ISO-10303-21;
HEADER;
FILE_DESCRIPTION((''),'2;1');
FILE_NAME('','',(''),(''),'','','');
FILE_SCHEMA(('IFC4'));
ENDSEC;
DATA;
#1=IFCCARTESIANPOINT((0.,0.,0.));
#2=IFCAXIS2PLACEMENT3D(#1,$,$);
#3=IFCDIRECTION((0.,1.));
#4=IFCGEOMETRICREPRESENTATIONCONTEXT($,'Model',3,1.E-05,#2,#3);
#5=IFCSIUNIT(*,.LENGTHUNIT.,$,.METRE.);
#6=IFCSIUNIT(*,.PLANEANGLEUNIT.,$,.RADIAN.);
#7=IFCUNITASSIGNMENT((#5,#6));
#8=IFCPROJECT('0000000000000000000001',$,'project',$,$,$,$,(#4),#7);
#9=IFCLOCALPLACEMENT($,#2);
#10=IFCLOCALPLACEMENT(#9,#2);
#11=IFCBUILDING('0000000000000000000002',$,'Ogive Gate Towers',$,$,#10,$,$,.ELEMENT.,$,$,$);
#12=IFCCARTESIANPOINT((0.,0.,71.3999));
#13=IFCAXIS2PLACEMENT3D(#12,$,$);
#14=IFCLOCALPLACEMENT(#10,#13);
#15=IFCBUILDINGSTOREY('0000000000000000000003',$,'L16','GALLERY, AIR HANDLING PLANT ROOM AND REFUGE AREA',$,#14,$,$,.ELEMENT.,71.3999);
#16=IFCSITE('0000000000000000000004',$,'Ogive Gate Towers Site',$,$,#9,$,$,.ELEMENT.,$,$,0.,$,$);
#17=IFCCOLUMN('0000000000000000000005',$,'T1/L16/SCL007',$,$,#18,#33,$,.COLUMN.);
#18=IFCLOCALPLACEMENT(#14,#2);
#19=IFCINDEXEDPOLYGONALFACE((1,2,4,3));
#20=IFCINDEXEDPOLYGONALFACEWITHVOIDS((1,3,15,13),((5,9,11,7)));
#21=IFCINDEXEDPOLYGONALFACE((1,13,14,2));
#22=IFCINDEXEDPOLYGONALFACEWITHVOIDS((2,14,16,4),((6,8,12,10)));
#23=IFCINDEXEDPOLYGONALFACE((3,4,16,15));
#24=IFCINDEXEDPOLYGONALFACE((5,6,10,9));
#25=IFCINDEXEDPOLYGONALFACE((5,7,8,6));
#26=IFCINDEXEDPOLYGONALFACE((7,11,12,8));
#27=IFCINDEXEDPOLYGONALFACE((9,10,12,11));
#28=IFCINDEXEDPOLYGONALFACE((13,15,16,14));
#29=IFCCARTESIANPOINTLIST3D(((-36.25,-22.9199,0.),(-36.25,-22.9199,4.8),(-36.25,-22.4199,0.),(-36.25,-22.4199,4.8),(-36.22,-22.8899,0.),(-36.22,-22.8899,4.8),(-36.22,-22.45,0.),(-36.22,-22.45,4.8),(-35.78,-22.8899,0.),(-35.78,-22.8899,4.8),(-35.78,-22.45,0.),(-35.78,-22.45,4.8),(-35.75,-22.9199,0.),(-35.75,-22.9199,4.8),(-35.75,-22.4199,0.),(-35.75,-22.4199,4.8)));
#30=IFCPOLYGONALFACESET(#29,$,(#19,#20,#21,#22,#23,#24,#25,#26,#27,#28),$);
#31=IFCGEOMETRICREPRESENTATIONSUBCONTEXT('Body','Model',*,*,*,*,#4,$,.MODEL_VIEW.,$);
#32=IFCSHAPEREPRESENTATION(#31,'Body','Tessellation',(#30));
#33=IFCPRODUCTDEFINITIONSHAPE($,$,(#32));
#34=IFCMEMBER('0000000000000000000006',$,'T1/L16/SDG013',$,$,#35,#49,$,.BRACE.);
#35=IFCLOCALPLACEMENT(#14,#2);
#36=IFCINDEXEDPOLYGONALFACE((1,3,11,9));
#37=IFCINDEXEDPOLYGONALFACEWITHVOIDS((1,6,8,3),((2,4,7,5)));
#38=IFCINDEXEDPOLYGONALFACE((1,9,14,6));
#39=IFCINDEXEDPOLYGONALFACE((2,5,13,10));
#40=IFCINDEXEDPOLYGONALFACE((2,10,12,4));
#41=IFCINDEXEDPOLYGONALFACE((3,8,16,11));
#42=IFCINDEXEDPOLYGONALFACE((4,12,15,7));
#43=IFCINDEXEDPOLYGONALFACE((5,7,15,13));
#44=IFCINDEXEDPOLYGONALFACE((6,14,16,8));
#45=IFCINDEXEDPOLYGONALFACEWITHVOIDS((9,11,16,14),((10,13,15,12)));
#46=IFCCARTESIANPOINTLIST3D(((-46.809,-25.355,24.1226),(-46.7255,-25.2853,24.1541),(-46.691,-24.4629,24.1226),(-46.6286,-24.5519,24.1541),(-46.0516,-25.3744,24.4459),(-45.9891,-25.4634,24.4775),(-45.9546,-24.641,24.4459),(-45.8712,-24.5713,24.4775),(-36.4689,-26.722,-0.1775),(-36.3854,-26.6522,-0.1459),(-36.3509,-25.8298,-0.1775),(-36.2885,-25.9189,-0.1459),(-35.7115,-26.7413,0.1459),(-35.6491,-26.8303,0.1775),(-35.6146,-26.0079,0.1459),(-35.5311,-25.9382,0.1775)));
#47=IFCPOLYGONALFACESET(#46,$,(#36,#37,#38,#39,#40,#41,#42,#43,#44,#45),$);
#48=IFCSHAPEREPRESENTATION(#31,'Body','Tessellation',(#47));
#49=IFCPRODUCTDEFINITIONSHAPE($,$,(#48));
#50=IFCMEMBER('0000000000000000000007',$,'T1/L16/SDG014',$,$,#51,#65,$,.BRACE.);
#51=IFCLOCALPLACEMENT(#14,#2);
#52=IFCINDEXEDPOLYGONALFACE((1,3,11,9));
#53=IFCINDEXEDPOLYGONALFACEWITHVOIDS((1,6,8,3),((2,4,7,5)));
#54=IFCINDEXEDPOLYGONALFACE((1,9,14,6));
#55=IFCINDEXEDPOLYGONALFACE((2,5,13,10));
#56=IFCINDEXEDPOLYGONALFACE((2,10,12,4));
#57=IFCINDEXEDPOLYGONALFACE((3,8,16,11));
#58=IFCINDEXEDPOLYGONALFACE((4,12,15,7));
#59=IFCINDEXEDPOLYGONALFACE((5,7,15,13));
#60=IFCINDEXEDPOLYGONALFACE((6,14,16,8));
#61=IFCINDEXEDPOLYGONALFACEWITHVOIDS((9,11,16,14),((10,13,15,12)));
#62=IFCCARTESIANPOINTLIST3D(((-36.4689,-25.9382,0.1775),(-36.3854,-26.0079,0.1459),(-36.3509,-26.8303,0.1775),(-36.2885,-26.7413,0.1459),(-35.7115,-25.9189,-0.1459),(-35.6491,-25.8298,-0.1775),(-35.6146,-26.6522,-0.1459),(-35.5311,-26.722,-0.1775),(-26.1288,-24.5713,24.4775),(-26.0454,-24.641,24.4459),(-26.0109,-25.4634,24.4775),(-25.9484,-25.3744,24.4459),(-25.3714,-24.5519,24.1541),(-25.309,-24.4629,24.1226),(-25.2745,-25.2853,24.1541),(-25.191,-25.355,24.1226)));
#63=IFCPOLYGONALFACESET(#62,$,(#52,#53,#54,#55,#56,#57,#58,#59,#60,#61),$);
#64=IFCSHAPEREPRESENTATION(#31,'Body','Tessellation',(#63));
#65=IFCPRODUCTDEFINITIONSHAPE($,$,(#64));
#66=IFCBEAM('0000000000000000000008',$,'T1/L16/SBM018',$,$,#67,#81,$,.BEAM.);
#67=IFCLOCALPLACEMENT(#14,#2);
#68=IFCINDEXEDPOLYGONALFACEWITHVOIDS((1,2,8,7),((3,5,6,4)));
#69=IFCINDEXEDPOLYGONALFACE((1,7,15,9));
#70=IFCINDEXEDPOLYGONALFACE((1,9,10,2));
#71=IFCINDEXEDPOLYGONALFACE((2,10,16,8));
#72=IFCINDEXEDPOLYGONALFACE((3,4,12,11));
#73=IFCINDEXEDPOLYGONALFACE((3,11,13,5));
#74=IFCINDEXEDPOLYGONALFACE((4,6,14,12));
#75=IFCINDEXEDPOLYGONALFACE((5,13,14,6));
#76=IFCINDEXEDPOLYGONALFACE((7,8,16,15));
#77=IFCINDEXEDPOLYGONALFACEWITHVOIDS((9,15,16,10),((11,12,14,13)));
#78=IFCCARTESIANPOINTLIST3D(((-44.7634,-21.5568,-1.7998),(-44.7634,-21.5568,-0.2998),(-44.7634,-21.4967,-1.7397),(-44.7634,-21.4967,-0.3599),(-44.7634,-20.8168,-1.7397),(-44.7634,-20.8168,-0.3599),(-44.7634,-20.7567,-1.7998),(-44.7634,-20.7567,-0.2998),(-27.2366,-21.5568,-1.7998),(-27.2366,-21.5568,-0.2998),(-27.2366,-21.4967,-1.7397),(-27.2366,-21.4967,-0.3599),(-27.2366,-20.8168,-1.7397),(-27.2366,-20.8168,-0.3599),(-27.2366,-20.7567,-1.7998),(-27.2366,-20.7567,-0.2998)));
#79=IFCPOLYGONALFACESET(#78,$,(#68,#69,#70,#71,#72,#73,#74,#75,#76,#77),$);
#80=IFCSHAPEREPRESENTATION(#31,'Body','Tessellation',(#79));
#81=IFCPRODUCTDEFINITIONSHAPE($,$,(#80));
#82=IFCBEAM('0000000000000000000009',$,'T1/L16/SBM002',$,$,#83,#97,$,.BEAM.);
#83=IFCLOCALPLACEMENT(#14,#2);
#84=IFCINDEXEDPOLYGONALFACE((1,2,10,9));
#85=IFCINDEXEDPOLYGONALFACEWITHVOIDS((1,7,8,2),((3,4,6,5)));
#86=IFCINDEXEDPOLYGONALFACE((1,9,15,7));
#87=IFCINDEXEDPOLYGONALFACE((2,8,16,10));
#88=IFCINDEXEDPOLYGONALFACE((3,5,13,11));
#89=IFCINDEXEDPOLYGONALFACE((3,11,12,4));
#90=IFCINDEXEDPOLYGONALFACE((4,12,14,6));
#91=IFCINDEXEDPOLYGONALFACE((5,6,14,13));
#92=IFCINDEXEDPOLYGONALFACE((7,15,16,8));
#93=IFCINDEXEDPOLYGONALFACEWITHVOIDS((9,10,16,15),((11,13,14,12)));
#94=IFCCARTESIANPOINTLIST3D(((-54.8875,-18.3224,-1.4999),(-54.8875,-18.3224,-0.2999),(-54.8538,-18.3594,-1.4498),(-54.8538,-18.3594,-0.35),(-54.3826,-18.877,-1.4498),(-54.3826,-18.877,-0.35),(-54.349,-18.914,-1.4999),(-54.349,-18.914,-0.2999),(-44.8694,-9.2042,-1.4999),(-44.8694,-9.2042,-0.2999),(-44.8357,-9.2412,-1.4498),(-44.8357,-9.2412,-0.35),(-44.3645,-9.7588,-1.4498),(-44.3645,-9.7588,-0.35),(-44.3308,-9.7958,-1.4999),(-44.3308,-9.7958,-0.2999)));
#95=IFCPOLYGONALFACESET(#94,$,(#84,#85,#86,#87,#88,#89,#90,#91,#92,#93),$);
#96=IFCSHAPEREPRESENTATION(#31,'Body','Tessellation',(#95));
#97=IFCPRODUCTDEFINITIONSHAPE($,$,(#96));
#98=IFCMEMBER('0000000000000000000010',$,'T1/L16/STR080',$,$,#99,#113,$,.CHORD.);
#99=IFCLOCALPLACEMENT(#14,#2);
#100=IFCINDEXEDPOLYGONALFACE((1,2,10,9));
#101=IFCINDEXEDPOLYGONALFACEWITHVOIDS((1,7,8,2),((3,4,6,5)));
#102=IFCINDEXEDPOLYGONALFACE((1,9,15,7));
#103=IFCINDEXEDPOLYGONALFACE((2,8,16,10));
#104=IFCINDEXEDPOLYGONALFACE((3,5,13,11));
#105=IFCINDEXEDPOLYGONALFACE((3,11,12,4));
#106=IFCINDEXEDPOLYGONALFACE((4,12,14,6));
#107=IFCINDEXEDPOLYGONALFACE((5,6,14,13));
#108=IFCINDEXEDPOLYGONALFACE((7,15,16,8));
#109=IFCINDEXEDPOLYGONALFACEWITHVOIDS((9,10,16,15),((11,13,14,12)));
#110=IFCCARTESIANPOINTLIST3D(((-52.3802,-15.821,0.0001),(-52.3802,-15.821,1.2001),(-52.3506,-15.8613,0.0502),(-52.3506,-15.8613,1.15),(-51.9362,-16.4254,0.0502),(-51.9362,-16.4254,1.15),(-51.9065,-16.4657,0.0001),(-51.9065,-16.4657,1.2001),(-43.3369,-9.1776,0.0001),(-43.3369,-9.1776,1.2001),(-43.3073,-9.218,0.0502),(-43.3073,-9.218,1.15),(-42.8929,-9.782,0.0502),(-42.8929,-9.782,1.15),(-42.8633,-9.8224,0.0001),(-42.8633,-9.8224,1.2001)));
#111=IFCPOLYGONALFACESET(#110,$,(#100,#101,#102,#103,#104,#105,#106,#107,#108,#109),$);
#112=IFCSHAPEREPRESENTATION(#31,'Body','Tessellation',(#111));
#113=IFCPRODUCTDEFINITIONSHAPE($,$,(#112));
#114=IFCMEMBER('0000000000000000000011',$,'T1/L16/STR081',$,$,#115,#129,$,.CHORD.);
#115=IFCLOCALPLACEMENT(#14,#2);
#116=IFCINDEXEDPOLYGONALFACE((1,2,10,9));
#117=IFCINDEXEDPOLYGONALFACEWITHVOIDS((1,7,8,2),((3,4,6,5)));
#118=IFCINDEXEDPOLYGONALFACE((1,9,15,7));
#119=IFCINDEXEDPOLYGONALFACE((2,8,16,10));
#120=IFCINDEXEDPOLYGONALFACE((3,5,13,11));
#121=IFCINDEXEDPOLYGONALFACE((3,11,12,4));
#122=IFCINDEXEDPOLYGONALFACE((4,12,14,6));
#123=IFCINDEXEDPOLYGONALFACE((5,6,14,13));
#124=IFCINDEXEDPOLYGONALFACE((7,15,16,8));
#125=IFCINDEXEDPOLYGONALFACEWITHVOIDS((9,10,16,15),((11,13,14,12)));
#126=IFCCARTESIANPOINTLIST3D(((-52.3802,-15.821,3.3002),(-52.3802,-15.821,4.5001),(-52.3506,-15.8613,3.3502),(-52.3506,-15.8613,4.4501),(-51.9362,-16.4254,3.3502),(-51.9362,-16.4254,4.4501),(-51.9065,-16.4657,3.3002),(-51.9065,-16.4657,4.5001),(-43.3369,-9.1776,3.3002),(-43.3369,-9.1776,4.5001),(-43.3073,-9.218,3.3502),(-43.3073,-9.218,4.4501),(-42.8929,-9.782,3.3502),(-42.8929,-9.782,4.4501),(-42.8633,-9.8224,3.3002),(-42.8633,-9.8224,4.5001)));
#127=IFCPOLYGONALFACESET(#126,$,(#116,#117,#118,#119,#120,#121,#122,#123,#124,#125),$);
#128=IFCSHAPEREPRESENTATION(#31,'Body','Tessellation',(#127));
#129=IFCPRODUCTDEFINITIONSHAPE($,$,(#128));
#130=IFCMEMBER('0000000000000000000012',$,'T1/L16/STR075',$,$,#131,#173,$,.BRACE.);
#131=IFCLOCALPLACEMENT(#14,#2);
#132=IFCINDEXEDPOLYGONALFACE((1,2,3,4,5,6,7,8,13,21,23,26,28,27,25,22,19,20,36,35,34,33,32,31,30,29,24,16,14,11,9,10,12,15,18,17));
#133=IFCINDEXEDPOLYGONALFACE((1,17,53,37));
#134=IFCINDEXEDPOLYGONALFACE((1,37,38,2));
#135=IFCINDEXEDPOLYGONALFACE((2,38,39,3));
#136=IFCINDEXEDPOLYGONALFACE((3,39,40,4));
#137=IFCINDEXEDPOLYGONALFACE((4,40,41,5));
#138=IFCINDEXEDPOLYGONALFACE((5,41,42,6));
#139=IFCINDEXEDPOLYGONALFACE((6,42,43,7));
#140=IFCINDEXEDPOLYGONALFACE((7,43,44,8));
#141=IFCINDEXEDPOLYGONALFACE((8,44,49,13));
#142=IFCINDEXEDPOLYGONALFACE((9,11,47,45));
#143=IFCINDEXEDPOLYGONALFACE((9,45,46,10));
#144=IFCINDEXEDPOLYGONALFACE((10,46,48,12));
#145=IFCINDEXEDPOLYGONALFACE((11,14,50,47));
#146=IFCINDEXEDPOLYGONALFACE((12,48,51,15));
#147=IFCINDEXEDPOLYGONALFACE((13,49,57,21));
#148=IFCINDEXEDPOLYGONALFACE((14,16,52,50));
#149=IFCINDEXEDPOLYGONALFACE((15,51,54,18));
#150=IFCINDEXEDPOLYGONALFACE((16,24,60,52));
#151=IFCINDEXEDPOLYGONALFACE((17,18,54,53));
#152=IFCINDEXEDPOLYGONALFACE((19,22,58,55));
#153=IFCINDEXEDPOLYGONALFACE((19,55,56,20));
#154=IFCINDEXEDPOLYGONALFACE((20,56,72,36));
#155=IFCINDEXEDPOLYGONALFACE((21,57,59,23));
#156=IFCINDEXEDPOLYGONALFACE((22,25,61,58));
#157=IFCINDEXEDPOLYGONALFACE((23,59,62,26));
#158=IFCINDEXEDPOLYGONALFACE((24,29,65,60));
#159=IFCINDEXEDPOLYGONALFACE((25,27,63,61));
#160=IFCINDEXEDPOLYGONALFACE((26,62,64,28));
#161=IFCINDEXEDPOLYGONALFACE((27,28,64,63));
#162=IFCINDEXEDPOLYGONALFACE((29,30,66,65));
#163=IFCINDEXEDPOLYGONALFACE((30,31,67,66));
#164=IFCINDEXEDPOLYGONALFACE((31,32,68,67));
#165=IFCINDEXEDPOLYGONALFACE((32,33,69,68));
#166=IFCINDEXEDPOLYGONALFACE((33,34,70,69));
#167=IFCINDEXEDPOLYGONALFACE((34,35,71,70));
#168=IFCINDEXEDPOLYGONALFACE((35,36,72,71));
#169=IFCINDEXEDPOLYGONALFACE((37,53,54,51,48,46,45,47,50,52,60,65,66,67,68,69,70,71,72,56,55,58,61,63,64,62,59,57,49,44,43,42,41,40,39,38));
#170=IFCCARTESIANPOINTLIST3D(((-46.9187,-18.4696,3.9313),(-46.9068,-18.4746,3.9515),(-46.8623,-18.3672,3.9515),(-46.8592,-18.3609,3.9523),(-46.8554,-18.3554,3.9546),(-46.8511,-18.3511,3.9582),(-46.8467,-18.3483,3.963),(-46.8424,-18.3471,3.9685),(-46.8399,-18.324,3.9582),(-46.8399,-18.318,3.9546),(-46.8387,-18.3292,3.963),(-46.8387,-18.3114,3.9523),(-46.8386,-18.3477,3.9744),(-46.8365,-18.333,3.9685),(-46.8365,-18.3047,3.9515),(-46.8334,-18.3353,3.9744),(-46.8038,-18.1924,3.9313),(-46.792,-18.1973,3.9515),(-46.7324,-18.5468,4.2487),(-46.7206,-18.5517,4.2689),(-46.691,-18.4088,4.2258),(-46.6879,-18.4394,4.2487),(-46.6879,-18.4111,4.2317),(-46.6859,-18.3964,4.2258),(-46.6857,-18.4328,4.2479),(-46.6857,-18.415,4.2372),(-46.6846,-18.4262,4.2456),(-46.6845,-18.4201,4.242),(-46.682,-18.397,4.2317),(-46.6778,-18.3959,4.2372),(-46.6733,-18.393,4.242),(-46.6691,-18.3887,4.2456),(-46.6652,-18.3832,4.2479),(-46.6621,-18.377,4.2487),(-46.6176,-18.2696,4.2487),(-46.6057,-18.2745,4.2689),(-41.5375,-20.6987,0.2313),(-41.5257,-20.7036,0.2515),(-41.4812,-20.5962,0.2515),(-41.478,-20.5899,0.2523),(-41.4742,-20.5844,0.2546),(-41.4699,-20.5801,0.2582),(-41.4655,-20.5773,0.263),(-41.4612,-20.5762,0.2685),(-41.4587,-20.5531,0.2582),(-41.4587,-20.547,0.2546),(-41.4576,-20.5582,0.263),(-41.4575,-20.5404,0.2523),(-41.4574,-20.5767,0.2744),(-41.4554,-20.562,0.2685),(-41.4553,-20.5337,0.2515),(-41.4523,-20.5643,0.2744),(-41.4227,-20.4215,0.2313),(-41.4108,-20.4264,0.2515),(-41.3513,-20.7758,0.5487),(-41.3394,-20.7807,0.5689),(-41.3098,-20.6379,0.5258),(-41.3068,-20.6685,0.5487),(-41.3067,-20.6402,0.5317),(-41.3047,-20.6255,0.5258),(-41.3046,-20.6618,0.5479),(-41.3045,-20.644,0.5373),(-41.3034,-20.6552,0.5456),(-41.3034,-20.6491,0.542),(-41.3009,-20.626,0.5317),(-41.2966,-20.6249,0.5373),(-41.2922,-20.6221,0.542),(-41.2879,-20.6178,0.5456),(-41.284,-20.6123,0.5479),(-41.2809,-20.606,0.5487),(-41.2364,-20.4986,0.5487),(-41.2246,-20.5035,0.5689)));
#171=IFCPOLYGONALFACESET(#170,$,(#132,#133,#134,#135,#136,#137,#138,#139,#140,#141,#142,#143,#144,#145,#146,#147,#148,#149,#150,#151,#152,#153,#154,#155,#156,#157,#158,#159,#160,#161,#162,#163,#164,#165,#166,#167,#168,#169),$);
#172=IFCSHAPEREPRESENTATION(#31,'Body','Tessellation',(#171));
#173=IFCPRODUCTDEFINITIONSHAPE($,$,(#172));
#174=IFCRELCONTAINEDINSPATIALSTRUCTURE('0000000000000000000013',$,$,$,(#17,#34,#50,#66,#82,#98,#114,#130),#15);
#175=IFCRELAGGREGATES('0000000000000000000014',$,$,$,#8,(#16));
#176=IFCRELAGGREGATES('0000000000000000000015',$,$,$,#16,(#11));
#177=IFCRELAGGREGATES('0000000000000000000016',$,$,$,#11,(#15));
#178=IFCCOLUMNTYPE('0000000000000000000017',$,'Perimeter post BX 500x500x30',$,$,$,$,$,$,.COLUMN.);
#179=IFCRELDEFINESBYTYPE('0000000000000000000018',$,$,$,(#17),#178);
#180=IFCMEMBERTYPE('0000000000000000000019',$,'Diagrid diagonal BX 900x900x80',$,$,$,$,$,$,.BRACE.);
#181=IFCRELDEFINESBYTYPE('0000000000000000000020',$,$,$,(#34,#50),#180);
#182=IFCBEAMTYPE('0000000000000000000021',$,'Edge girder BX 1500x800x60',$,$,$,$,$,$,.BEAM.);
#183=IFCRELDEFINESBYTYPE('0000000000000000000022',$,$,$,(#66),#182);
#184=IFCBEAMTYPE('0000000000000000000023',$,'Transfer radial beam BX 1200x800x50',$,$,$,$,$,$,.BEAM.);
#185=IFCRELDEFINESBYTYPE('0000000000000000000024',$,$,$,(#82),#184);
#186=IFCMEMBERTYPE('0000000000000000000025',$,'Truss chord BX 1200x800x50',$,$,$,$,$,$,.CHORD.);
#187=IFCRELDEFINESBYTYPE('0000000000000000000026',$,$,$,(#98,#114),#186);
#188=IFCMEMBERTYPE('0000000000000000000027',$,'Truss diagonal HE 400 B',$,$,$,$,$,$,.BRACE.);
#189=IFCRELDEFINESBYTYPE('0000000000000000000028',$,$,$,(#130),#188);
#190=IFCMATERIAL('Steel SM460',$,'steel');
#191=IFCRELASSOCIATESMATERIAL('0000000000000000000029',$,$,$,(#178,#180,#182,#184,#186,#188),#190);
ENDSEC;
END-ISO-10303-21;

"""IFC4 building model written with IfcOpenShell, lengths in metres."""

from ifc_helpers import new_model, si_unit, direction, frame, origin, origin_2d, place, context, subcontext, project, spatial, hollow_rectangle, i_section, extrude, material, material_profile, profile_set, type_object, element, save


model = new_model("IFC4")

# Units and contexts
model_context = context("Model", 3, precision=1e-05, world=origin(), true_north=direction((0.0, 1.0)))
body_context = subcontext(model_context, "Body", "Model", "MODEL_VIEW")
ifc_project = project(units=[si_unit("LENGTHUNIT", "METRE"), si_unit("PLANEANGLEUNIT", "RADIAN")], contexts=[model_context])

# Site, building, storey
site_placement = place(None, origin())
site = spatial("IfcSite", under=ifc_project, at=site_placement, Name="Ogive Gate Towers Site", CompositionType="ELEMENT", RefElevation=0.0)
building_placement = place(site_placement, origin())
building = spatial("IfcBuilding", under=site, at=building_placement, Name="Ogive Gate Towers", CompositionType="ELEMENT")
storey_placement = place(building_placement, frame((0.0, 0.0, 71.3999)))
storey = spatial("IfcBuildingStorey", under=building, at=storey_placement, Name="L16", Description="GALLERY, AIR HANDLING PLANT ROOM AND REFUGE AREA", CompositionType="ELEMENT", Elevation=71.3999)

# Column
ifc_material_1 = material(Name="Steel SM460", Category="steel")
ifc_material_profile_1 = material_profile(ifc_material_1, hollow_rectangle(XDim=0.5, YDim=0.5, WallThickness=0.03, at=origin_2d()), Name="BX 500x500x30")
ifc_profile_set_1 = profile_set([ifc_material_profile_1], Name="Steel SM460")
column_type = type_object("IfcColumnType", Name="Perimeter post BX 500x500x30", PredefinedType="COLUMN", material=ifc_profile_set_1)
column_placement = place(storey_placement, frame((-36.0, -22.6699, 0.0), z_axis=(0.0, 0.0, 1.0), x_axis=(1.0, 0.0, 0.0)))
element("IfcColumn", 1, at=column_placement, inside=storey, type_object=column_type, Name="T1/L16/SCL007", PredefinedType="COLUMN", context=body_context, shape_type="SweptSolid", body=[
    extrude(hollow_rectangle(XDim=0.5, YDim=0.5, WallThickness=0.03, at=origin_2d()), origin(), (0.0, 0.0, 1.0), 4.8),
])

# Members
ifc_material_profile_2 = material_profile(ifc_material_1, hollow_rectangle(XDim=0.8999, YDim=0.8999, WallThickness=0.0801, at=origin_2d()), Name="BX 900x900x80")
ifc_profile_set_2 = profile_set([ifc_material_profile_2], Name="Steel SM460")
member_type_1 = type_object("IfcMemberType", Name="Diagrid diagonal BX 900x900x80", PredefinedType="BRACE", material=ifc_profile_set_2)
for number, where, z_axis, x_axis, name in (
    (2, (-36.0, -26.3301, 0.0), (-0.39102, 0.051692, 0.918929), (-0.131058, -0.991375, 0.0), "T1/L16/SDG013"),
    (3, (-36.0, -26.3301, 0.0), (0.39102, 0.051692, 0.918929), (-0.131058, 0.991375, 0.0), "T1/L16/SDG014"),
):
    element("IfcMember", number, at=place(storey_placement, frame(where, z_axis=z_axis, x_axis=x_axis)), inside=storey, type_object=member_type_1, Name=name, PredefinedType="BRACE", context=body_context, shape_type="SweptSolid", body=[
        extrude(hollow_rectangle(XDim=0.8999, YDim=0.8999, WallThickness=0.0801, at=origin_2d()), origin(), (0.0, 0.0, 1.0), 26.4438),
    ])

# Beams
ifc_material_profile_3 = material_profile(ifc_material_1, hollow_rectangle(XDim=0.8, YDim=1.5, WallThickness=0.0601, at=origin_2d()), Name="BX 1500x800x60")
ifc_profile_set_3 = profile_set([ifc_material_profile_3], Name="Steel SM460")
beam_type_1 = type_object("IfcBeamType", Name="Edge girder BX 1500x800x60", PredefinedType="BEAM", material=ifc_profile_set_3)
beam_1_placement = place(storey_placement, frame((-44.7634, -21.1567, -1.0498), z_axis=(1.0, 0.0, 0.0), x_axis=(0.0, 1.0, 0.0)))
element("IfcBeam", 4, at=beam_1_placement, inside=storey, type_object=beam_type_1, Name="T1/L16/SBM018", PredefinedType="BEAM", context=body_context, shape_type="SweptSolid", body=[
    extrude(hollow_rectangle(XDim=0.8, YDim=1.5, WallThickness=0.0601, at=origin_2d()), origin(), (0.0, 0.0, 1.0), 17.5269),
])
ifc_material_profile_4 = material_profile(ifc_material_1, hollow_rectangle(XDim=0.8, YDim=1.2, WallThickness=0.05, at=origin_2d()), Name="BX 1200x800x50")
ifc_profile_set_4 = profile_set([ifc_material_profile_4], Name="Steel SM460")
beam_type_2 = type_object("IfcBeamType", Name="Transfer radial beam BX 1200x800x50", PredefinedType="BEAM", material=ifc_profile_set_4)
beam_2_placement = place(storey_placement, frame((-44.6001, -9.5, -0.8999), z_axis=(-0.739542, -0.67311, 0.0), x_axis=(0.67311, -0.739542, 0.0)))
element("IfcBeam", 5, at=beam_2_placement, inside=storey, type_object=beam_type_2, Name="T1/L16/SBM002", PredefinedType="BEAM", context=body_context, shape_type="SweptSolid", body=[
    extrude(hollow_rectangle(XDim=0.8, YDim=1.2, WallThickness=0.05, at=origin_2d()), origin(), (0.0, 0.0, 1.0), 13.5464),
])

# Members
ifc_material_profile_5 = material_profile(ifc_material_1, hollow_rectangle(XDim=0.8, YDim=1.2, WallThickness=0.05, at=origin_2d()), Name="BX 1200x800x50")
ifc_profile_set_5 = profile_set([ifc_material_profile_5], Name="Steel SM460")
member_type_2 = type_object("IfcMemberType", Name="Truss chord BX 1200x800x50", PredefinedType="CHORD", material=ifc_profile_set_5)
for number, where, z_axis, x_axis, name in (
    (6, (-43.1001, -9.5, 0.6001), (-0.805911, -0.592037, 0.0), (0.592037, -0.805911, 0.0), "T1/L16/STR080"),
    (7, (-43.1001, -9.5, 3.9001), (-0.805911, -0.592037, 0.0), (0.592037, -0.805911, 0.0), "T1/L16/STR081"),
):
    element("IfcMember", number, at=place(storey_placement, frame(where, z_axis=z_axis, x_axis=x_axis)), inside=storey, type_object=member_type_2, Name=name, PredefinedType="CHORD", context=body_context, shape_type="SweptSolid", body=[
        extrude(hollow_rectangle(XDim=0.8, YDim=1.2, WallThickness=0.05, at=origin_2d()), origin(), (0.0, 0.0, 1.0), 11.2212),
    ])
ifc_material_profile_6 = material_profile(ifc_material_1, i_section(OverallWidth=0.3, OverallDepth=0.3999, WebThickness=0.0134, FlangeThickness=0.0239, FilletRadius=0.0271, at=origin_2d()), Name="HE 400 B")
ifc_profile_set_6 = profile_set([ifc_material_profile_6], Name="Steel SM460")
member_type_3 = type_object("IfcMemberType", Name="Truss diagonal HE 400 B", PredefinedType="BRACE", material=ifc_profile_set_6)
for number, where, z_axis, x_axis, name in (
    (8, (-46.7622, -18.3721, 4.1001), (0.779834, -0.323029, -0.5362), (0.382695, 0.923875, 0.0), "T1/L16/STR075"),
):
    element("IfcMember", number, at=place(storey_placement, frame(where, z_axis=z_axis, x_axis=x_axis)), inside=storey, type_object=member_type_3, Name=name, PredefinedType="BRACE", context=body_context, shape_type="SweptSolid", body=[
        extrude(i_section(OverallWidth=0.3, OverallDepth=0.3999, WebThickness=0.0134, FlangeThickness=0.0239, FilletRadius=0.0271, at=origin_2d()), origin(), (0.0, 0.0, 1.0), 6.9004),
    ])

save(model, "model.ifc")
